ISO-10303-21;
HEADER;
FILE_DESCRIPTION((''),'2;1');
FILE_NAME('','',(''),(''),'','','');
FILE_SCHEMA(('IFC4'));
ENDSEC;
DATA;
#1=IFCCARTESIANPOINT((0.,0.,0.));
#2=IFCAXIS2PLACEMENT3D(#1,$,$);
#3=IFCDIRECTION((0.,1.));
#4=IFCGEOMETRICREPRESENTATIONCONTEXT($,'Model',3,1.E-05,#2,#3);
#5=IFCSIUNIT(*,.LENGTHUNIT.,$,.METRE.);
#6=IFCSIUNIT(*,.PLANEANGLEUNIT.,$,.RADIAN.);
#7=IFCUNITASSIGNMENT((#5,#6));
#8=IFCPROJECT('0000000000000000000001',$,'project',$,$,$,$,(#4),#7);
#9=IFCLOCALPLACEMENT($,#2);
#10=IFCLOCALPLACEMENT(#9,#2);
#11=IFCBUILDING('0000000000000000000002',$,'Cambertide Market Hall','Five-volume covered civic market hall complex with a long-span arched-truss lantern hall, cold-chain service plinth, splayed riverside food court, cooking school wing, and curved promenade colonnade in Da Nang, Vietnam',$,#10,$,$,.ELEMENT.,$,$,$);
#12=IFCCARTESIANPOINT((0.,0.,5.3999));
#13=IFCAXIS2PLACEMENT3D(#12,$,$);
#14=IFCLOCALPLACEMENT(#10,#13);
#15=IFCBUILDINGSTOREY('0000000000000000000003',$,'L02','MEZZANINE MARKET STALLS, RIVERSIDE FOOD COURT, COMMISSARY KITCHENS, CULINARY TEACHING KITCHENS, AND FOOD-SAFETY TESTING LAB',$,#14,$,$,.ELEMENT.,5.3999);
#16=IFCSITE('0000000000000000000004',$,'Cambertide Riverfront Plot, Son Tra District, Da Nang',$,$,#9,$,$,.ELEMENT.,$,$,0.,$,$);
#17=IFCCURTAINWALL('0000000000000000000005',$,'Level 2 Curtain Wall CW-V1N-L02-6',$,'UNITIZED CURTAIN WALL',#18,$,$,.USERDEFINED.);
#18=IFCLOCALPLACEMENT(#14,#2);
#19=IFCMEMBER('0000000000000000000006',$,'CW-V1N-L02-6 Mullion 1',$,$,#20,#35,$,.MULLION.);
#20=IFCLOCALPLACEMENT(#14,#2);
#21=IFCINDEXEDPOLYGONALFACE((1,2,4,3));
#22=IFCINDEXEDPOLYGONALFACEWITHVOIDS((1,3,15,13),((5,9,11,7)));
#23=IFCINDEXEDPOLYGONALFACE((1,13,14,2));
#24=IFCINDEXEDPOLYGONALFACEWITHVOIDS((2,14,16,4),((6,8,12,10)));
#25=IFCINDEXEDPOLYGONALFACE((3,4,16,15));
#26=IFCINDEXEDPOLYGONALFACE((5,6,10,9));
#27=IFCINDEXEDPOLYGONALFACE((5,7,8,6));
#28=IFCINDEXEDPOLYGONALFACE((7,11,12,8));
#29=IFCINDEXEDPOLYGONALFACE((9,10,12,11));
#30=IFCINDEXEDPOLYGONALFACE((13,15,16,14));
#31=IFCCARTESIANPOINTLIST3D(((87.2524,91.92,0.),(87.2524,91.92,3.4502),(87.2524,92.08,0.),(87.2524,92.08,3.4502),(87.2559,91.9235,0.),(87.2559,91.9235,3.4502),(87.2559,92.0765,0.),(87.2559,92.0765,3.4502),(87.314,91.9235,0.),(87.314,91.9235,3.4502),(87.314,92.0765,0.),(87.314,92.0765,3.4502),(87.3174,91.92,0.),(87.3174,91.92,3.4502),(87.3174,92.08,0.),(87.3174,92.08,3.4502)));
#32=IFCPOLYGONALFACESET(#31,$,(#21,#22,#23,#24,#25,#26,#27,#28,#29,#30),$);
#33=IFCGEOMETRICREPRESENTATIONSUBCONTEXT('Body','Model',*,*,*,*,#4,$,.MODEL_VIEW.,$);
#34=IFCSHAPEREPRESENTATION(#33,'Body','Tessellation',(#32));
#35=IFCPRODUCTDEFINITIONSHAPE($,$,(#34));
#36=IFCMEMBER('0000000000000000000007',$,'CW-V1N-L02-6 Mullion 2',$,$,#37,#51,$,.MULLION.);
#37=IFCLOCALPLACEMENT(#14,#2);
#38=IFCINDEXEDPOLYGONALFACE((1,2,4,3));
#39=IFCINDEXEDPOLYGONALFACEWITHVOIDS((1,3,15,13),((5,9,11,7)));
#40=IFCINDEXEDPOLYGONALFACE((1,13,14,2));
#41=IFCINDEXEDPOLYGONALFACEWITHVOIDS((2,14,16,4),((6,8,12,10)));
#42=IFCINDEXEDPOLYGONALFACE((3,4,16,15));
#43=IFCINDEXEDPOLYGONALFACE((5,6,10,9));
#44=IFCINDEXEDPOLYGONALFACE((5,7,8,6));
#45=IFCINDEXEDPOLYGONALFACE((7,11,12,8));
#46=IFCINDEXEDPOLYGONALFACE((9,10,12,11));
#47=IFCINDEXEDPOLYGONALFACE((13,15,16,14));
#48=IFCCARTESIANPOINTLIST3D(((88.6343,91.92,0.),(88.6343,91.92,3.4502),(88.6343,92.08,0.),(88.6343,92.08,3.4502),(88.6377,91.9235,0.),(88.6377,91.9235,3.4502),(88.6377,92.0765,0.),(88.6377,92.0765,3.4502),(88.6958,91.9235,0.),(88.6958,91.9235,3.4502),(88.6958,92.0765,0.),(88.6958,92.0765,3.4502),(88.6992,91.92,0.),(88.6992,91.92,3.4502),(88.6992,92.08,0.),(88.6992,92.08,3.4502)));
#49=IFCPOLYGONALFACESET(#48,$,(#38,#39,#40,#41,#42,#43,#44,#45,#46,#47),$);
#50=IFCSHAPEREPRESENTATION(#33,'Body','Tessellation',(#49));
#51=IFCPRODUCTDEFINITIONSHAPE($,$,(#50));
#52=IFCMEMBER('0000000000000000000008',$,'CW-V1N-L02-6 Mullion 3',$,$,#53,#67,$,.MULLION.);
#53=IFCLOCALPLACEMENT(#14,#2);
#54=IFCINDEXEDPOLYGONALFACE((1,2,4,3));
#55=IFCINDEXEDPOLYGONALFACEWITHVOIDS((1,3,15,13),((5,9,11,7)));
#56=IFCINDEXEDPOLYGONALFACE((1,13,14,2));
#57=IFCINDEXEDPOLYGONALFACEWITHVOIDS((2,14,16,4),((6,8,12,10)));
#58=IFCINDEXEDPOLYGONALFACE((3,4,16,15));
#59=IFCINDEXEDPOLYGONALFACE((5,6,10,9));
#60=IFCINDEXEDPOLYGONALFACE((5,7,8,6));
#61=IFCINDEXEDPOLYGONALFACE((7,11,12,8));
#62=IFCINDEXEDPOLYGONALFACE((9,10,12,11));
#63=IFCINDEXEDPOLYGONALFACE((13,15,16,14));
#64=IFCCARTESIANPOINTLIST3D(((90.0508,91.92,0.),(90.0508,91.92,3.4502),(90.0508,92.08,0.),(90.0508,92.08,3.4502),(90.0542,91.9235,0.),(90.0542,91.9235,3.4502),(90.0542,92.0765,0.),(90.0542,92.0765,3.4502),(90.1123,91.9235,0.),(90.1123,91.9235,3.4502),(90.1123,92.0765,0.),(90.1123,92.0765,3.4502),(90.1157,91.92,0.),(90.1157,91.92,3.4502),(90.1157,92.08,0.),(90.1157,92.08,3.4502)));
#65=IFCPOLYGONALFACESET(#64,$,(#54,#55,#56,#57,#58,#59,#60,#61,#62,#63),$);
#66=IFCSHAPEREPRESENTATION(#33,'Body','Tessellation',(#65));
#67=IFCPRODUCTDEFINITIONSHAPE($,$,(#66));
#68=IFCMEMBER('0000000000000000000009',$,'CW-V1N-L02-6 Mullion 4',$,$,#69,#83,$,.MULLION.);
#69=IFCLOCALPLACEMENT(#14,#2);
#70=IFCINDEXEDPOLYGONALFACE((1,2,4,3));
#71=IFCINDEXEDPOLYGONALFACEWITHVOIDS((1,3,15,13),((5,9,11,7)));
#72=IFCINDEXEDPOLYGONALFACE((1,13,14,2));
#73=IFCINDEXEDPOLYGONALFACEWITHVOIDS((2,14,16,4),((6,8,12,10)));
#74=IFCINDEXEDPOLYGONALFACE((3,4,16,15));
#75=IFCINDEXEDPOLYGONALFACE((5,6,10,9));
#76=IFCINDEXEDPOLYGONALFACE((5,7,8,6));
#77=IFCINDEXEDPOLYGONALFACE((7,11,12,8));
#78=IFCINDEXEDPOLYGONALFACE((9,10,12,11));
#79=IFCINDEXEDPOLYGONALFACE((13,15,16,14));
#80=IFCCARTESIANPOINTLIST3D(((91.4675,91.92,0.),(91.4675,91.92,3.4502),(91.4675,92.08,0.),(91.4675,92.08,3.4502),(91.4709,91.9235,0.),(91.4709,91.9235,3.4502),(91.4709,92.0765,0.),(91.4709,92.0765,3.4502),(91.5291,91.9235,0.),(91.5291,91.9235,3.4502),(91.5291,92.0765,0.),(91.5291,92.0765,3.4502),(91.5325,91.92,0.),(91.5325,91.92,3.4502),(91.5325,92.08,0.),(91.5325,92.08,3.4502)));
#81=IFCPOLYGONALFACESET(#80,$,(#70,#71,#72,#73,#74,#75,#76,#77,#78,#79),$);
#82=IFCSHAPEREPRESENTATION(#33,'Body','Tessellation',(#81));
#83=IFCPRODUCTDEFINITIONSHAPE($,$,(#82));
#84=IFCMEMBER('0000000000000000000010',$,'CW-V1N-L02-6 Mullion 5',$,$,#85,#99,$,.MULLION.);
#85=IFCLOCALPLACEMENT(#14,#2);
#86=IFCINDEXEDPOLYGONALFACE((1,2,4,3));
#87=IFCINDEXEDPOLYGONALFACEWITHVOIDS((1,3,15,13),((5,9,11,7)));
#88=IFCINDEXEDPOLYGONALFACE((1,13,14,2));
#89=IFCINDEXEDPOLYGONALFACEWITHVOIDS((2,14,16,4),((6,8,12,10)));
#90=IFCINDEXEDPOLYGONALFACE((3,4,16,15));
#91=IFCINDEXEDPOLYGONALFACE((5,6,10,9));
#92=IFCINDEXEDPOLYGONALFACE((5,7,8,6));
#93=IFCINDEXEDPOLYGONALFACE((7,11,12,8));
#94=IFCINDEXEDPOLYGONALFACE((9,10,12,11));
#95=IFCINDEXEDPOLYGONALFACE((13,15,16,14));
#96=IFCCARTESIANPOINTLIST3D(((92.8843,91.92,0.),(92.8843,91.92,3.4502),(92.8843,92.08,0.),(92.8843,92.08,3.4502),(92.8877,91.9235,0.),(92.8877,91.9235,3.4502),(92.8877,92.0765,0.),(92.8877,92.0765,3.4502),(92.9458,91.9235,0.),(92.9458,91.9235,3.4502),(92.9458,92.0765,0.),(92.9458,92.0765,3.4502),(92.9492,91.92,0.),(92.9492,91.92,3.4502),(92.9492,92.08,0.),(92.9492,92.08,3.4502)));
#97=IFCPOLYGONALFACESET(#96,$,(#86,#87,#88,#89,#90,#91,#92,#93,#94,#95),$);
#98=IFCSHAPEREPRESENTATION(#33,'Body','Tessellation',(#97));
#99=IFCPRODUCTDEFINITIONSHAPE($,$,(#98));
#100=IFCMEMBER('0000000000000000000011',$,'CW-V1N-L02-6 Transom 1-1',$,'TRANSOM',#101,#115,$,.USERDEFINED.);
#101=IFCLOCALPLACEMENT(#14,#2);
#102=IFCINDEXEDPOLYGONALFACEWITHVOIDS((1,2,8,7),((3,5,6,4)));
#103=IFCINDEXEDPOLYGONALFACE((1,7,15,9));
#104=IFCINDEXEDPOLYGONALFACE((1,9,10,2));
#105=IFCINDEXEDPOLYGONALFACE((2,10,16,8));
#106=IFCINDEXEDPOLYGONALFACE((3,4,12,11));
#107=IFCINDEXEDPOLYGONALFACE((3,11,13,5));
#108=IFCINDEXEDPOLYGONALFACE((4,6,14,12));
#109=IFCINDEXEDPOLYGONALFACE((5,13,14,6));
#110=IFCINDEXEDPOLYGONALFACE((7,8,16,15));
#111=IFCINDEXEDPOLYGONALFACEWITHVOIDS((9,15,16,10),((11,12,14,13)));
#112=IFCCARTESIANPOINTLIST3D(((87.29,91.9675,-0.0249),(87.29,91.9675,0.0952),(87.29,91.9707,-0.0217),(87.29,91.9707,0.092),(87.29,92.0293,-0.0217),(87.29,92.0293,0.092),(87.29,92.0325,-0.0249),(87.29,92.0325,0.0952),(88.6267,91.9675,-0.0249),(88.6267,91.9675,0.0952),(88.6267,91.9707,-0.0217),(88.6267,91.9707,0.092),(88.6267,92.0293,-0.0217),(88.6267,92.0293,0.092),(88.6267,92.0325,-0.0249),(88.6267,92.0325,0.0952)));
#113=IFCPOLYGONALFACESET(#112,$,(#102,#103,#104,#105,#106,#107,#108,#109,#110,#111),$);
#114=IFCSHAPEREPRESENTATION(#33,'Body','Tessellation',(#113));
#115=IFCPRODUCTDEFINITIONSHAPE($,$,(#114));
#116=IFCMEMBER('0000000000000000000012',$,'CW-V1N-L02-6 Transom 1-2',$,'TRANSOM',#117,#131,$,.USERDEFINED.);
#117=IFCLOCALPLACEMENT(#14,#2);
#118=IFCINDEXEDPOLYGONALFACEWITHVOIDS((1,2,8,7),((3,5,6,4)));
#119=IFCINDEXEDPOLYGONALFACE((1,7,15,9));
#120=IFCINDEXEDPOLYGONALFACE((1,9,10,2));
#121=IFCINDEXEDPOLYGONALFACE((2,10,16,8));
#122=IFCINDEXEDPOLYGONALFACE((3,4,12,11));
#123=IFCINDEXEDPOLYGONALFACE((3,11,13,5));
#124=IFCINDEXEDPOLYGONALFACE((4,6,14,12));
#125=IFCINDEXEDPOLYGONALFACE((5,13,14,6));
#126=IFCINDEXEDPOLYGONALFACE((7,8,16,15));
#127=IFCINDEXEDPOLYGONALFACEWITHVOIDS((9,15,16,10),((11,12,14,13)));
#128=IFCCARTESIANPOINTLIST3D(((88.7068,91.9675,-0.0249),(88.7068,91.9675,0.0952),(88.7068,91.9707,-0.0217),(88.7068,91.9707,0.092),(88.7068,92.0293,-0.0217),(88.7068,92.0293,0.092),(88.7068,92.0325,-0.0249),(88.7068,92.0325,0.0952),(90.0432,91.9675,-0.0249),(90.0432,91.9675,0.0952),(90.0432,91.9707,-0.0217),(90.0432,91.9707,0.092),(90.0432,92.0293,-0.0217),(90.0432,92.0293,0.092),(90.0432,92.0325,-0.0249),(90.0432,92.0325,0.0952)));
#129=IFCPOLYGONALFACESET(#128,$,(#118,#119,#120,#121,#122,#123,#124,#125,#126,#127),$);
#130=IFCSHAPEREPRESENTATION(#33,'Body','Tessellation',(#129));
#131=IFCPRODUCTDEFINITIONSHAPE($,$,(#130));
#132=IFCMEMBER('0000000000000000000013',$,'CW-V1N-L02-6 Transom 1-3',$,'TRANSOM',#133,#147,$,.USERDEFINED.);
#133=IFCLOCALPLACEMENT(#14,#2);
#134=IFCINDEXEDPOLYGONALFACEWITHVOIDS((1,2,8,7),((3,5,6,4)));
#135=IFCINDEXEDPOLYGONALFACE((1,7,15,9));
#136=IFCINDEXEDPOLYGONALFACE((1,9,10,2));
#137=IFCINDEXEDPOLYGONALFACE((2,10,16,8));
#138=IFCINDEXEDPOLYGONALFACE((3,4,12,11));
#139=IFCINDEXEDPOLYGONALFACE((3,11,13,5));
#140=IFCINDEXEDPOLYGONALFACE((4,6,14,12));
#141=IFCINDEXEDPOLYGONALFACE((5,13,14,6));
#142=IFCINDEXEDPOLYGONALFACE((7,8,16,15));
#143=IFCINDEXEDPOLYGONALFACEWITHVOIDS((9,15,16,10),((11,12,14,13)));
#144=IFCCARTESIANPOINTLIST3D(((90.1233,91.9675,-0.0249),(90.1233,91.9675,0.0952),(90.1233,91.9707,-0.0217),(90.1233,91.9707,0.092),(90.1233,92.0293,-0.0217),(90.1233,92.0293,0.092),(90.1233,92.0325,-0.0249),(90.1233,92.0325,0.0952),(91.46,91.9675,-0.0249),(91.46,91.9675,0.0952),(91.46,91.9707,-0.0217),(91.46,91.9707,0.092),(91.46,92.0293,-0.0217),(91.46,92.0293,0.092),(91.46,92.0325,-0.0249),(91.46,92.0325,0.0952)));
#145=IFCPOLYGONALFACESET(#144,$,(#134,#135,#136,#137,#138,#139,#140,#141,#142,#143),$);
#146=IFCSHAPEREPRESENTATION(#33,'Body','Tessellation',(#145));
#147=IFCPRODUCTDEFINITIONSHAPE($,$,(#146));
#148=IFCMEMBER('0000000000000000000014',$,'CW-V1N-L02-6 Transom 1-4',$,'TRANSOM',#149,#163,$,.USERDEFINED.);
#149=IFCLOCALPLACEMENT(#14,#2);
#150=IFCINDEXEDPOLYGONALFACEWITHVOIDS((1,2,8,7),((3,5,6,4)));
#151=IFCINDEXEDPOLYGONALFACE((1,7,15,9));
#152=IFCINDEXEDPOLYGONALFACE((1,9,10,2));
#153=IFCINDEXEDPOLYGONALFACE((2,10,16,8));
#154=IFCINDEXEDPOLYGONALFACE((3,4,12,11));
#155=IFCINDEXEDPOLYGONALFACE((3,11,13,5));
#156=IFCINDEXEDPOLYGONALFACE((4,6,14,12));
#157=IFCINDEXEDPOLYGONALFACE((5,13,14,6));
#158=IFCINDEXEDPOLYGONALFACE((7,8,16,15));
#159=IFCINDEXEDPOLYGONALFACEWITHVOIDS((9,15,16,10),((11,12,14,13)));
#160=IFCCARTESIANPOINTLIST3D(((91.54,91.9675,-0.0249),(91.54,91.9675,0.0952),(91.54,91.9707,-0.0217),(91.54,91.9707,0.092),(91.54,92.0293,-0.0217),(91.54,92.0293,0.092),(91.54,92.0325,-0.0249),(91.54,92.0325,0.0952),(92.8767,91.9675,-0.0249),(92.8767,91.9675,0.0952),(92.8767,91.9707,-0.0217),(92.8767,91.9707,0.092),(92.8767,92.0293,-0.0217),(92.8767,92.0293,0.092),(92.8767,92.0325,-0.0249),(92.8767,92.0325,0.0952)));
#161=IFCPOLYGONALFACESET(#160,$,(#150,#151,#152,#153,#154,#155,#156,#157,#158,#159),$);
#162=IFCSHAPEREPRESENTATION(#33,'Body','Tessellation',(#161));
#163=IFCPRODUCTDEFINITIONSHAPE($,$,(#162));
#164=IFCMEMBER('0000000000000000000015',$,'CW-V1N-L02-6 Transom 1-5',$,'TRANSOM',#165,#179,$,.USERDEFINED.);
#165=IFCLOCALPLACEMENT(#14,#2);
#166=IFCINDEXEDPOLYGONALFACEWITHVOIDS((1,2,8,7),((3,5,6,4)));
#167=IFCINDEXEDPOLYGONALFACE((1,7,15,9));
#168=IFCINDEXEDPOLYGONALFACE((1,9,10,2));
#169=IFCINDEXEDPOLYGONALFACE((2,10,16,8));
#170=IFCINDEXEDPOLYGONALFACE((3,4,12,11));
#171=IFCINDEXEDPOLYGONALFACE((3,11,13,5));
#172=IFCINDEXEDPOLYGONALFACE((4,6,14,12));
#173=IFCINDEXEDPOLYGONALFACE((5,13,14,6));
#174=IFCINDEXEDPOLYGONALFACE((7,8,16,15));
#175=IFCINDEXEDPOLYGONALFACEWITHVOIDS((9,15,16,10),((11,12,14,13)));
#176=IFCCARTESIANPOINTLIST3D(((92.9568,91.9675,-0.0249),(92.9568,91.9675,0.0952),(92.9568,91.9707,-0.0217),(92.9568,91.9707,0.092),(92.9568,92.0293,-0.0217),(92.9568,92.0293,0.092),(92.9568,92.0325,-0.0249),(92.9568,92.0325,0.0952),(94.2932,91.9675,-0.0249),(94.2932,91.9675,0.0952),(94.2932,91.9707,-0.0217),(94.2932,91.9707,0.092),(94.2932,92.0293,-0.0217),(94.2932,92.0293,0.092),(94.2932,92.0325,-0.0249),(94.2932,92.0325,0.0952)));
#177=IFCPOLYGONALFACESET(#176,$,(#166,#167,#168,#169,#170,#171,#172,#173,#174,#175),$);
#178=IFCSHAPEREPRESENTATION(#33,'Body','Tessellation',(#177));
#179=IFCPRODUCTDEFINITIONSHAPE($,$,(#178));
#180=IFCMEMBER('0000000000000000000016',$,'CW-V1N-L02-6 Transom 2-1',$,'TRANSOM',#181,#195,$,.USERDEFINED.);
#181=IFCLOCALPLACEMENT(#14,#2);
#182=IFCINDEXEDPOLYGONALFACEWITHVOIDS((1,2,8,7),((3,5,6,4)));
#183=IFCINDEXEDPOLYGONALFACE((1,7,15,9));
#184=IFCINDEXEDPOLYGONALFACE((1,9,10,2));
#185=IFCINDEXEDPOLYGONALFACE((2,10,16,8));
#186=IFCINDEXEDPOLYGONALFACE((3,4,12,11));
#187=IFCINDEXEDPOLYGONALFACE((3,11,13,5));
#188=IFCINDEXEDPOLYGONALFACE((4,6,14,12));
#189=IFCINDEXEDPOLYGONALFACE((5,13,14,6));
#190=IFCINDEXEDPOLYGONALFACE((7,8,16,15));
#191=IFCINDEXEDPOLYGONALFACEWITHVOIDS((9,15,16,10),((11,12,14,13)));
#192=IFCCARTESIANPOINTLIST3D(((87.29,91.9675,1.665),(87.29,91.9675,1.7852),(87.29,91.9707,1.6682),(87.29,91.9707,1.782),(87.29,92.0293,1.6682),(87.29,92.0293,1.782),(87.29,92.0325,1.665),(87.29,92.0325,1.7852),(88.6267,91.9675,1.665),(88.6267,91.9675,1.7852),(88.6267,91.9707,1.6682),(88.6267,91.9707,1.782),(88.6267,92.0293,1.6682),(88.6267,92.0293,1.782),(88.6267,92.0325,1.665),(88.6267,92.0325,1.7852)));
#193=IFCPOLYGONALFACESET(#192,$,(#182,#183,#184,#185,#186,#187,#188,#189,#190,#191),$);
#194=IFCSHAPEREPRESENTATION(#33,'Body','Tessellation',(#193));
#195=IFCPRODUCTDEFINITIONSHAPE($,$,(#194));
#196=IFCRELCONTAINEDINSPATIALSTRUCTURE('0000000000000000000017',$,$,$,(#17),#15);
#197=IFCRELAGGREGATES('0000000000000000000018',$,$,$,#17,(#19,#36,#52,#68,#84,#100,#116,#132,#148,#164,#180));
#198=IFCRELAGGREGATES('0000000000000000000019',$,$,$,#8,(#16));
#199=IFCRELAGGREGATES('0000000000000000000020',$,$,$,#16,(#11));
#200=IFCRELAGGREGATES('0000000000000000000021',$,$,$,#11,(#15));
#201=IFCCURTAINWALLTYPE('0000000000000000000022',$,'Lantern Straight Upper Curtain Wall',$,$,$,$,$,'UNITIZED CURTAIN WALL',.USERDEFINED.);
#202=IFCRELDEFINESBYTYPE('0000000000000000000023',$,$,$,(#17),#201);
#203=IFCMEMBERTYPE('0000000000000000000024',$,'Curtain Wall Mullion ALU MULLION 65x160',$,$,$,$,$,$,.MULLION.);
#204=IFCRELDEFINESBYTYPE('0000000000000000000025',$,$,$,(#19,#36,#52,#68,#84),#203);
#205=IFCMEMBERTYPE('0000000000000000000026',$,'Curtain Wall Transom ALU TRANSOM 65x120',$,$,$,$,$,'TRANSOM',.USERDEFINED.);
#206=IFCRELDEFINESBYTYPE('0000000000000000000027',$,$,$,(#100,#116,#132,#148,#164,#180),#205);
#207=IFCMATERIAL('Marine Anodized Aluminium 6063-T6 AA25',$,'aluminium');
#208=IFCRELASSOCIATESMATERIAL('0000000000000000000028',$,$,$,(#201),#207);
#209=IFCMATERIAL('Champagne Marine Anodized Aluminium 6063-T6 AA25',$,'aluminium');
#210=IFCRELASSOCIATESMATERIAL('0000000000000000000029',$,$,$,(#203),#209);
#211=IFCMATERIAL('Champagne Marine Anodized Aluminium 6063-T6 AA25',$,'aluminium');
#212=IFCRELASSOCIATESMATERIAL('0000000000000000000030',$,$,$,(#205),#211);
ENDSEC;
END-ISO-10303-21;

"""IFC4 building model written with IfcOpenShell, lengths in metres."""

from ifc_helpers import new_model, si_unit, direction, frame, origin, origin_2d, place, context, subcontext, project, spatial, hollow_rectangle, extrude, material, material_profile, profile_set, type_object, element, aggregate, save


model = new_model("IFC4")

# Units and contexts
model_context = context("Model", 3, precision=1e-05, world=origin(), true_north=direction((0.0, 1.0)))
body_context = subcontext(model_context, "Body", "Model", "MODEL_VIEW")
ifc_project = project(units=[si_unit("LENGTHUNIT", "METRE"), si_unit("PLANEANGLEUNIT", "RADIAN")], contexts=[model_context])

# Site, building, storey
site_placement = place(None, origin())
site = spatial("IfcSite", under=ifc_project, at=site_placement, Name="Cambertide Riverfront Plot, Son Tra District, Da Nang", CompositionType="ELEMENT", RefElevation=0.0)
building_placement = place(site_placement, origin())
building = spatial("IfcBuilding", under=site, at=building_placement, Name="Cambertide Market Hall", Description="Five-volume covered civic market hall complex with a long-span arched-truss lantern hall, cold-chain service plinth, splayed riverside food court, cooking school wing, and curved promenade colonnade in Da Nang, Vietnam", CompositionType="ELEMENT")
storey_placement = place(building_placement, frame((0.0, 0.0, 5.3999)))
storey = spatial("IfcBuildingStorey", under=building, at=storey_placement, Name="L02", Description="MEZZANINE MARKET STALLS, RIVERSIDE FOOD COURT, COMMISSARY KITCHENS, CULINARY TEACHING KITCHENS, AND FOOD-SAFETY TESTING LAB", CompositionType="ELEMENT", Elevation=5.3999)

# Curtain wall, members
ifc_material_1 = material(Name="Marine Anodized Aluminium 6063-T6 AA25", Category="aluminium")
curtain_wall_type = type_object("IfcCurtainWallType", Name="Lantern Straight Upper Curtain Wall", ElementType="UNITIZED CURTAIN WALL", PredefinedType="USERDEFINED", material=ifc_material_1)
curtain_wall_placement = place(storey_placement, origin())
curtain_wall = element("IfcCurtainWall", 1, at=curtain_wall_placement, inside=storey, type_object=curtain_wall_type, Name="Level 2 Curtain Wall CW-V1N-L02-6", ObjectType="UNITIZED CURTAIN WALL", PredefinedType="USERDEFINED")
ifc_material_2 = material(Name="Champagne Marine Anodized Aluminium 6063-T6 AA25", Category="aluminium")
ifc_material_profile_1 = material_profile(ifc_material_2, hollow_rectangle(XDim=0.0649, YDim=0.1599, WallThickness=0.0034, at=origin_2d()), Name="ALU MULLION 65x160")
ifc_profile_set_1 = profile_set([ifc_material_profile_1], Name="Champagne Marine Anodized Aluminium 6063-T6 AA25")
member_type_1 = type_object("IfcMemberType", Name="Curtain Wall Mullion ALU MULLION 65x160", PredefinedType="MULLION", material=ifc_profile_set_1)
member_1_placement = place(storey_placement, frame((87.2849, 92.0, 0.0), z_axis=(0.0, 0.0, 1.0), x_axis=(1.0, 0.0, 0.0)))
member_1 = element("IfcMember", 2, at=member_1_placement, type_object=member_type_1, Name="CW-V1N-L02-6 Mullion 1", PredefinedType="MULLION", context=body_context, shape_type="SweptSolid", body=[
    extrude(hollow_rectangle(XDim=0.0649, YDim=0.1599, WallThickness=0.0034, at=origin_2d()), origin(), (0.0, 0.0, 1.0), 3.4502),
])
member_2_placement = place(storey_placement, frame((88.6667, 92.0, 0.0), z_axis=(0.0, 0.0, 1.0), x_axis=(1.0, 0.0, 0.0)))
member_2 = element("IfcMember", 3, at=member_2_placement, type_object=member_type_1, Name="CW-V1N-L02-6 Mullion 2", PredefinedType="MULLION", context=body_context, shape_type="SweptSolid", body=[
    extrude(hollow_rectangle(XDim=0.0649, YDim=0.1599, WallThickness=0.0034, at=origin_2d()), origin(), (0.0, 0.0, 1.0), 3.4502),
])
member_3_placement = place(storey_placement, frame((90.0833, 92.0, 0.0), z_axis=(0.0, 0.0, 1.0), x_axis=(1.0, 0.0, 0.0)))
member_3 = element("IfcMember", 4, at=member_3_placement, type_object=member_type_1, Name="CW-V1N-L02-6 Mullion 3", PredefinedType="MULLION", context=body_context, shape_type="SweptSolid", body=[
    extrude(hollow_rectangle(XDim=0.0649, YDim=0.1599, WallThickness=0.0034, at=origin_2d()), origin(), (0.0, 0.0, 1.0), 3.4502),
])
member_4_placement = place(storey_placement, frame((91.5, 92.0, 0.0), z_axis=(0.0, 0.0, 1.0), x_axis=(1.0, 0.0, 0.0)))
member_4 = element("IfcMember", 5, at=member_4_placement, type_object=member_type_1, Name="CW-V1N-L02-6 Mullion 4", PredefinedType="MULLION", context=body_context, shape_type="SweptSolid", body=[
    extrude(hollow_rectangle(XDim=0.0649, YDim=0.1599, WallThickness=0.0034, at=origin_2d()), origin(), (0.0, 0.0, 1.0), 3.4502),
])
member_5_placement = place(storey_placement, frame((92.9167, 92.0, 0.0), z_axis=(0.0, 0.0, 1.0), x_axis=(1.0, 0.0, 0.0)))
member_5 = element("IfcMember", 6, at=member_5_placement, type_object=member_type_1, Name="CW-V1N-L02-6 Mullion 5", PredefinedType="MULLION", context=body_context, shape_type="SweptSolid", body=[
    extrude(hollow_rectangle(XDim=0.0649, YDim=0.1599, WallThickness=0.0034, at=origin_2d()), origin(), (0.0, 0.0, 1.0), 3.4502),
])
ifc_material_3 = material(Name="Champagne Marine Anodized Aluminium 6063-T6 AA25", Category="aluminium")
ifc_material_profile_2 = material_profile(ifc_material_3, hollow_rectangle(XDim=0.0649, YDim=0.1201, WallThickness=0.0032, at=origin_2d()), Name="ALU TRANSOM 65x120")
ifc_profile_set_2 = profile_set([ifc_material_profile_2], Name="Champagne Marine Anodized Aluminium 6063-T6 AA25")
member_type_2 = type_object("IfcMemberType", Name="Curtain Wall Transom ALU TRANSOM 65x120", ElementType="TRANSOM", PredefinedType="USERDEFINED", material=ifc_profile_set_2)
member_6_placement = place(storey_placement, frame((87.29, 92.0, 0.0352), z_axis=(1.0, 0.0, 0.0), x_axis=(0.0, 1.0, 0.0)))
member_6 = element("IfcMember", 7, at=member_6_placement, type_object=member_type_2, Name="CW-V1N-L02-6 Transom 1-1", ObjectType="TRANSOM", PredefinedType="USERDEFINED", context=body_context, shape_type="SweptSolid", body=[
    extrude(hollow_rectangle(XDim=0.0649, YDim=0.1201, WallThickness=0.0032, at=origin_2d()), origin(), (0.0, 0.0, 1.0), 1.3367),
])
member_7_placement = place(storey_placement, frame((88.7068, 92.0, 0.0352), z_axis=(1.0, 0.0, 0.0), x_axis=(0.0, 1.0, 0.0)))
member_7 = element("IfcMember", 8, at=member_7_placement, type_object=member_type_2, Name="CW-V1N-L02-6 Transom 1-2", ObjectType="TRANSOM", PredefinedType="USERDEFINED", context=body_context, shape_type="SweptSolid", body=[
    extrude(hollow_rectangle(XDim=0.0649, YDim=0.1201, WallThickness=0.0032, at=origin_2d()), origin(), (0.0, 0.0, 1.0), 1.3364),
])
member_8_placement = place(storey_placement, frame((90.1233, 92.0, 0.0352), z_axis=(1.0, 0.0, 0.0), x_axis=(0.0, 1.0, 0.0)))
member_8 = element("IfcMember", 9, at=member_8_placement, type_object=member_type_2, Name="CW-V1N-L02-6 Transom 1-3", ObjectType="TRANSOM", PredefinedType="USERDEFINED", context=body_context, shape_type="SweptSolid", body=[
    extrude(hollow_rectangle(XDim=0.0649, YDim=0.1201, WallThickness=0.0032, at=origin_2d()), origin(), (0.0, 0.0, 1.0), 1.3367),
])
member_9_placement = place(storey_placement, frame((91.54, 92.0, 0.0352), z_axis=(1.0, 0.0, 0.0), x_axis=(0.0, 1.0, 0.0)))
member_9 = element("IfcMember", 10, at=member_9_placement, type_object=member_type_2, Name="CW-V1N-L02-6 Transom 1-4", ObjectType="TRANSOM", PredefinedType="USERDEFINED", context=body_context, shape_type="SweptSolid", body=[
    extrude(hollow_rectangle(XDim=0.0649, YDim=0.1201, WallThickness=0.0032, at=origin_2d()), origin(), (0.0, 0.0, 1.0), 1.3367),
])
member_10_placement = place(storey_placement, frame((92.9568, 92.0, 0.0352), z_axis=(1.0, 0.0, 0.0), x_axis=(0.0, 1.0, 0.0)))
member_10 = element("IfcMember", 11, at=member_10_placement, type_object=member_type_2, Name="CW-V1N-L02-6 Transom 1-5", ObjectType="TRANSOM", PredefinedType="USERDEFINED", context=body_context, shape_type="SweptSolid", body=[
    extrude(hollow_rectangle(XDim=0.0649, YDim=0.1201, WallThickness=0.0032, at=origin_2d()), origin(), (0.0, 0.0, 1.0), 1.3364),
])
member_11_placement = place(storey_placement, frame((87.29, 92.0, 1.7251), z_axis=(1.0, 0.0, 0.0), x_axis=(0.0, 1.0, 0.0)))
member_11 = element("IfcMember", 12, at=member_11_placement, type_object=member_type_2, Name="CW-V1N-L02-6 Transom 2-1", ObjectType="TRANSOM", PredefinedType="USERDEFINED", context=body_context, shape_type="SweptSolid", body=[
    extrude(hollow_rectangle(XDim=0.0649, YDim=0.1201, WallThickness=0.0032, at=origin_2d()), origin(), (0.0, 0.0, 1.0), 1.3367),
])
aggregate(curtain_wall, [member_1, member_2, member_3, member_4, member_5, member_6, member_7, member_8, member_9, member_10, member_11])

save(model, "model.ifc")
